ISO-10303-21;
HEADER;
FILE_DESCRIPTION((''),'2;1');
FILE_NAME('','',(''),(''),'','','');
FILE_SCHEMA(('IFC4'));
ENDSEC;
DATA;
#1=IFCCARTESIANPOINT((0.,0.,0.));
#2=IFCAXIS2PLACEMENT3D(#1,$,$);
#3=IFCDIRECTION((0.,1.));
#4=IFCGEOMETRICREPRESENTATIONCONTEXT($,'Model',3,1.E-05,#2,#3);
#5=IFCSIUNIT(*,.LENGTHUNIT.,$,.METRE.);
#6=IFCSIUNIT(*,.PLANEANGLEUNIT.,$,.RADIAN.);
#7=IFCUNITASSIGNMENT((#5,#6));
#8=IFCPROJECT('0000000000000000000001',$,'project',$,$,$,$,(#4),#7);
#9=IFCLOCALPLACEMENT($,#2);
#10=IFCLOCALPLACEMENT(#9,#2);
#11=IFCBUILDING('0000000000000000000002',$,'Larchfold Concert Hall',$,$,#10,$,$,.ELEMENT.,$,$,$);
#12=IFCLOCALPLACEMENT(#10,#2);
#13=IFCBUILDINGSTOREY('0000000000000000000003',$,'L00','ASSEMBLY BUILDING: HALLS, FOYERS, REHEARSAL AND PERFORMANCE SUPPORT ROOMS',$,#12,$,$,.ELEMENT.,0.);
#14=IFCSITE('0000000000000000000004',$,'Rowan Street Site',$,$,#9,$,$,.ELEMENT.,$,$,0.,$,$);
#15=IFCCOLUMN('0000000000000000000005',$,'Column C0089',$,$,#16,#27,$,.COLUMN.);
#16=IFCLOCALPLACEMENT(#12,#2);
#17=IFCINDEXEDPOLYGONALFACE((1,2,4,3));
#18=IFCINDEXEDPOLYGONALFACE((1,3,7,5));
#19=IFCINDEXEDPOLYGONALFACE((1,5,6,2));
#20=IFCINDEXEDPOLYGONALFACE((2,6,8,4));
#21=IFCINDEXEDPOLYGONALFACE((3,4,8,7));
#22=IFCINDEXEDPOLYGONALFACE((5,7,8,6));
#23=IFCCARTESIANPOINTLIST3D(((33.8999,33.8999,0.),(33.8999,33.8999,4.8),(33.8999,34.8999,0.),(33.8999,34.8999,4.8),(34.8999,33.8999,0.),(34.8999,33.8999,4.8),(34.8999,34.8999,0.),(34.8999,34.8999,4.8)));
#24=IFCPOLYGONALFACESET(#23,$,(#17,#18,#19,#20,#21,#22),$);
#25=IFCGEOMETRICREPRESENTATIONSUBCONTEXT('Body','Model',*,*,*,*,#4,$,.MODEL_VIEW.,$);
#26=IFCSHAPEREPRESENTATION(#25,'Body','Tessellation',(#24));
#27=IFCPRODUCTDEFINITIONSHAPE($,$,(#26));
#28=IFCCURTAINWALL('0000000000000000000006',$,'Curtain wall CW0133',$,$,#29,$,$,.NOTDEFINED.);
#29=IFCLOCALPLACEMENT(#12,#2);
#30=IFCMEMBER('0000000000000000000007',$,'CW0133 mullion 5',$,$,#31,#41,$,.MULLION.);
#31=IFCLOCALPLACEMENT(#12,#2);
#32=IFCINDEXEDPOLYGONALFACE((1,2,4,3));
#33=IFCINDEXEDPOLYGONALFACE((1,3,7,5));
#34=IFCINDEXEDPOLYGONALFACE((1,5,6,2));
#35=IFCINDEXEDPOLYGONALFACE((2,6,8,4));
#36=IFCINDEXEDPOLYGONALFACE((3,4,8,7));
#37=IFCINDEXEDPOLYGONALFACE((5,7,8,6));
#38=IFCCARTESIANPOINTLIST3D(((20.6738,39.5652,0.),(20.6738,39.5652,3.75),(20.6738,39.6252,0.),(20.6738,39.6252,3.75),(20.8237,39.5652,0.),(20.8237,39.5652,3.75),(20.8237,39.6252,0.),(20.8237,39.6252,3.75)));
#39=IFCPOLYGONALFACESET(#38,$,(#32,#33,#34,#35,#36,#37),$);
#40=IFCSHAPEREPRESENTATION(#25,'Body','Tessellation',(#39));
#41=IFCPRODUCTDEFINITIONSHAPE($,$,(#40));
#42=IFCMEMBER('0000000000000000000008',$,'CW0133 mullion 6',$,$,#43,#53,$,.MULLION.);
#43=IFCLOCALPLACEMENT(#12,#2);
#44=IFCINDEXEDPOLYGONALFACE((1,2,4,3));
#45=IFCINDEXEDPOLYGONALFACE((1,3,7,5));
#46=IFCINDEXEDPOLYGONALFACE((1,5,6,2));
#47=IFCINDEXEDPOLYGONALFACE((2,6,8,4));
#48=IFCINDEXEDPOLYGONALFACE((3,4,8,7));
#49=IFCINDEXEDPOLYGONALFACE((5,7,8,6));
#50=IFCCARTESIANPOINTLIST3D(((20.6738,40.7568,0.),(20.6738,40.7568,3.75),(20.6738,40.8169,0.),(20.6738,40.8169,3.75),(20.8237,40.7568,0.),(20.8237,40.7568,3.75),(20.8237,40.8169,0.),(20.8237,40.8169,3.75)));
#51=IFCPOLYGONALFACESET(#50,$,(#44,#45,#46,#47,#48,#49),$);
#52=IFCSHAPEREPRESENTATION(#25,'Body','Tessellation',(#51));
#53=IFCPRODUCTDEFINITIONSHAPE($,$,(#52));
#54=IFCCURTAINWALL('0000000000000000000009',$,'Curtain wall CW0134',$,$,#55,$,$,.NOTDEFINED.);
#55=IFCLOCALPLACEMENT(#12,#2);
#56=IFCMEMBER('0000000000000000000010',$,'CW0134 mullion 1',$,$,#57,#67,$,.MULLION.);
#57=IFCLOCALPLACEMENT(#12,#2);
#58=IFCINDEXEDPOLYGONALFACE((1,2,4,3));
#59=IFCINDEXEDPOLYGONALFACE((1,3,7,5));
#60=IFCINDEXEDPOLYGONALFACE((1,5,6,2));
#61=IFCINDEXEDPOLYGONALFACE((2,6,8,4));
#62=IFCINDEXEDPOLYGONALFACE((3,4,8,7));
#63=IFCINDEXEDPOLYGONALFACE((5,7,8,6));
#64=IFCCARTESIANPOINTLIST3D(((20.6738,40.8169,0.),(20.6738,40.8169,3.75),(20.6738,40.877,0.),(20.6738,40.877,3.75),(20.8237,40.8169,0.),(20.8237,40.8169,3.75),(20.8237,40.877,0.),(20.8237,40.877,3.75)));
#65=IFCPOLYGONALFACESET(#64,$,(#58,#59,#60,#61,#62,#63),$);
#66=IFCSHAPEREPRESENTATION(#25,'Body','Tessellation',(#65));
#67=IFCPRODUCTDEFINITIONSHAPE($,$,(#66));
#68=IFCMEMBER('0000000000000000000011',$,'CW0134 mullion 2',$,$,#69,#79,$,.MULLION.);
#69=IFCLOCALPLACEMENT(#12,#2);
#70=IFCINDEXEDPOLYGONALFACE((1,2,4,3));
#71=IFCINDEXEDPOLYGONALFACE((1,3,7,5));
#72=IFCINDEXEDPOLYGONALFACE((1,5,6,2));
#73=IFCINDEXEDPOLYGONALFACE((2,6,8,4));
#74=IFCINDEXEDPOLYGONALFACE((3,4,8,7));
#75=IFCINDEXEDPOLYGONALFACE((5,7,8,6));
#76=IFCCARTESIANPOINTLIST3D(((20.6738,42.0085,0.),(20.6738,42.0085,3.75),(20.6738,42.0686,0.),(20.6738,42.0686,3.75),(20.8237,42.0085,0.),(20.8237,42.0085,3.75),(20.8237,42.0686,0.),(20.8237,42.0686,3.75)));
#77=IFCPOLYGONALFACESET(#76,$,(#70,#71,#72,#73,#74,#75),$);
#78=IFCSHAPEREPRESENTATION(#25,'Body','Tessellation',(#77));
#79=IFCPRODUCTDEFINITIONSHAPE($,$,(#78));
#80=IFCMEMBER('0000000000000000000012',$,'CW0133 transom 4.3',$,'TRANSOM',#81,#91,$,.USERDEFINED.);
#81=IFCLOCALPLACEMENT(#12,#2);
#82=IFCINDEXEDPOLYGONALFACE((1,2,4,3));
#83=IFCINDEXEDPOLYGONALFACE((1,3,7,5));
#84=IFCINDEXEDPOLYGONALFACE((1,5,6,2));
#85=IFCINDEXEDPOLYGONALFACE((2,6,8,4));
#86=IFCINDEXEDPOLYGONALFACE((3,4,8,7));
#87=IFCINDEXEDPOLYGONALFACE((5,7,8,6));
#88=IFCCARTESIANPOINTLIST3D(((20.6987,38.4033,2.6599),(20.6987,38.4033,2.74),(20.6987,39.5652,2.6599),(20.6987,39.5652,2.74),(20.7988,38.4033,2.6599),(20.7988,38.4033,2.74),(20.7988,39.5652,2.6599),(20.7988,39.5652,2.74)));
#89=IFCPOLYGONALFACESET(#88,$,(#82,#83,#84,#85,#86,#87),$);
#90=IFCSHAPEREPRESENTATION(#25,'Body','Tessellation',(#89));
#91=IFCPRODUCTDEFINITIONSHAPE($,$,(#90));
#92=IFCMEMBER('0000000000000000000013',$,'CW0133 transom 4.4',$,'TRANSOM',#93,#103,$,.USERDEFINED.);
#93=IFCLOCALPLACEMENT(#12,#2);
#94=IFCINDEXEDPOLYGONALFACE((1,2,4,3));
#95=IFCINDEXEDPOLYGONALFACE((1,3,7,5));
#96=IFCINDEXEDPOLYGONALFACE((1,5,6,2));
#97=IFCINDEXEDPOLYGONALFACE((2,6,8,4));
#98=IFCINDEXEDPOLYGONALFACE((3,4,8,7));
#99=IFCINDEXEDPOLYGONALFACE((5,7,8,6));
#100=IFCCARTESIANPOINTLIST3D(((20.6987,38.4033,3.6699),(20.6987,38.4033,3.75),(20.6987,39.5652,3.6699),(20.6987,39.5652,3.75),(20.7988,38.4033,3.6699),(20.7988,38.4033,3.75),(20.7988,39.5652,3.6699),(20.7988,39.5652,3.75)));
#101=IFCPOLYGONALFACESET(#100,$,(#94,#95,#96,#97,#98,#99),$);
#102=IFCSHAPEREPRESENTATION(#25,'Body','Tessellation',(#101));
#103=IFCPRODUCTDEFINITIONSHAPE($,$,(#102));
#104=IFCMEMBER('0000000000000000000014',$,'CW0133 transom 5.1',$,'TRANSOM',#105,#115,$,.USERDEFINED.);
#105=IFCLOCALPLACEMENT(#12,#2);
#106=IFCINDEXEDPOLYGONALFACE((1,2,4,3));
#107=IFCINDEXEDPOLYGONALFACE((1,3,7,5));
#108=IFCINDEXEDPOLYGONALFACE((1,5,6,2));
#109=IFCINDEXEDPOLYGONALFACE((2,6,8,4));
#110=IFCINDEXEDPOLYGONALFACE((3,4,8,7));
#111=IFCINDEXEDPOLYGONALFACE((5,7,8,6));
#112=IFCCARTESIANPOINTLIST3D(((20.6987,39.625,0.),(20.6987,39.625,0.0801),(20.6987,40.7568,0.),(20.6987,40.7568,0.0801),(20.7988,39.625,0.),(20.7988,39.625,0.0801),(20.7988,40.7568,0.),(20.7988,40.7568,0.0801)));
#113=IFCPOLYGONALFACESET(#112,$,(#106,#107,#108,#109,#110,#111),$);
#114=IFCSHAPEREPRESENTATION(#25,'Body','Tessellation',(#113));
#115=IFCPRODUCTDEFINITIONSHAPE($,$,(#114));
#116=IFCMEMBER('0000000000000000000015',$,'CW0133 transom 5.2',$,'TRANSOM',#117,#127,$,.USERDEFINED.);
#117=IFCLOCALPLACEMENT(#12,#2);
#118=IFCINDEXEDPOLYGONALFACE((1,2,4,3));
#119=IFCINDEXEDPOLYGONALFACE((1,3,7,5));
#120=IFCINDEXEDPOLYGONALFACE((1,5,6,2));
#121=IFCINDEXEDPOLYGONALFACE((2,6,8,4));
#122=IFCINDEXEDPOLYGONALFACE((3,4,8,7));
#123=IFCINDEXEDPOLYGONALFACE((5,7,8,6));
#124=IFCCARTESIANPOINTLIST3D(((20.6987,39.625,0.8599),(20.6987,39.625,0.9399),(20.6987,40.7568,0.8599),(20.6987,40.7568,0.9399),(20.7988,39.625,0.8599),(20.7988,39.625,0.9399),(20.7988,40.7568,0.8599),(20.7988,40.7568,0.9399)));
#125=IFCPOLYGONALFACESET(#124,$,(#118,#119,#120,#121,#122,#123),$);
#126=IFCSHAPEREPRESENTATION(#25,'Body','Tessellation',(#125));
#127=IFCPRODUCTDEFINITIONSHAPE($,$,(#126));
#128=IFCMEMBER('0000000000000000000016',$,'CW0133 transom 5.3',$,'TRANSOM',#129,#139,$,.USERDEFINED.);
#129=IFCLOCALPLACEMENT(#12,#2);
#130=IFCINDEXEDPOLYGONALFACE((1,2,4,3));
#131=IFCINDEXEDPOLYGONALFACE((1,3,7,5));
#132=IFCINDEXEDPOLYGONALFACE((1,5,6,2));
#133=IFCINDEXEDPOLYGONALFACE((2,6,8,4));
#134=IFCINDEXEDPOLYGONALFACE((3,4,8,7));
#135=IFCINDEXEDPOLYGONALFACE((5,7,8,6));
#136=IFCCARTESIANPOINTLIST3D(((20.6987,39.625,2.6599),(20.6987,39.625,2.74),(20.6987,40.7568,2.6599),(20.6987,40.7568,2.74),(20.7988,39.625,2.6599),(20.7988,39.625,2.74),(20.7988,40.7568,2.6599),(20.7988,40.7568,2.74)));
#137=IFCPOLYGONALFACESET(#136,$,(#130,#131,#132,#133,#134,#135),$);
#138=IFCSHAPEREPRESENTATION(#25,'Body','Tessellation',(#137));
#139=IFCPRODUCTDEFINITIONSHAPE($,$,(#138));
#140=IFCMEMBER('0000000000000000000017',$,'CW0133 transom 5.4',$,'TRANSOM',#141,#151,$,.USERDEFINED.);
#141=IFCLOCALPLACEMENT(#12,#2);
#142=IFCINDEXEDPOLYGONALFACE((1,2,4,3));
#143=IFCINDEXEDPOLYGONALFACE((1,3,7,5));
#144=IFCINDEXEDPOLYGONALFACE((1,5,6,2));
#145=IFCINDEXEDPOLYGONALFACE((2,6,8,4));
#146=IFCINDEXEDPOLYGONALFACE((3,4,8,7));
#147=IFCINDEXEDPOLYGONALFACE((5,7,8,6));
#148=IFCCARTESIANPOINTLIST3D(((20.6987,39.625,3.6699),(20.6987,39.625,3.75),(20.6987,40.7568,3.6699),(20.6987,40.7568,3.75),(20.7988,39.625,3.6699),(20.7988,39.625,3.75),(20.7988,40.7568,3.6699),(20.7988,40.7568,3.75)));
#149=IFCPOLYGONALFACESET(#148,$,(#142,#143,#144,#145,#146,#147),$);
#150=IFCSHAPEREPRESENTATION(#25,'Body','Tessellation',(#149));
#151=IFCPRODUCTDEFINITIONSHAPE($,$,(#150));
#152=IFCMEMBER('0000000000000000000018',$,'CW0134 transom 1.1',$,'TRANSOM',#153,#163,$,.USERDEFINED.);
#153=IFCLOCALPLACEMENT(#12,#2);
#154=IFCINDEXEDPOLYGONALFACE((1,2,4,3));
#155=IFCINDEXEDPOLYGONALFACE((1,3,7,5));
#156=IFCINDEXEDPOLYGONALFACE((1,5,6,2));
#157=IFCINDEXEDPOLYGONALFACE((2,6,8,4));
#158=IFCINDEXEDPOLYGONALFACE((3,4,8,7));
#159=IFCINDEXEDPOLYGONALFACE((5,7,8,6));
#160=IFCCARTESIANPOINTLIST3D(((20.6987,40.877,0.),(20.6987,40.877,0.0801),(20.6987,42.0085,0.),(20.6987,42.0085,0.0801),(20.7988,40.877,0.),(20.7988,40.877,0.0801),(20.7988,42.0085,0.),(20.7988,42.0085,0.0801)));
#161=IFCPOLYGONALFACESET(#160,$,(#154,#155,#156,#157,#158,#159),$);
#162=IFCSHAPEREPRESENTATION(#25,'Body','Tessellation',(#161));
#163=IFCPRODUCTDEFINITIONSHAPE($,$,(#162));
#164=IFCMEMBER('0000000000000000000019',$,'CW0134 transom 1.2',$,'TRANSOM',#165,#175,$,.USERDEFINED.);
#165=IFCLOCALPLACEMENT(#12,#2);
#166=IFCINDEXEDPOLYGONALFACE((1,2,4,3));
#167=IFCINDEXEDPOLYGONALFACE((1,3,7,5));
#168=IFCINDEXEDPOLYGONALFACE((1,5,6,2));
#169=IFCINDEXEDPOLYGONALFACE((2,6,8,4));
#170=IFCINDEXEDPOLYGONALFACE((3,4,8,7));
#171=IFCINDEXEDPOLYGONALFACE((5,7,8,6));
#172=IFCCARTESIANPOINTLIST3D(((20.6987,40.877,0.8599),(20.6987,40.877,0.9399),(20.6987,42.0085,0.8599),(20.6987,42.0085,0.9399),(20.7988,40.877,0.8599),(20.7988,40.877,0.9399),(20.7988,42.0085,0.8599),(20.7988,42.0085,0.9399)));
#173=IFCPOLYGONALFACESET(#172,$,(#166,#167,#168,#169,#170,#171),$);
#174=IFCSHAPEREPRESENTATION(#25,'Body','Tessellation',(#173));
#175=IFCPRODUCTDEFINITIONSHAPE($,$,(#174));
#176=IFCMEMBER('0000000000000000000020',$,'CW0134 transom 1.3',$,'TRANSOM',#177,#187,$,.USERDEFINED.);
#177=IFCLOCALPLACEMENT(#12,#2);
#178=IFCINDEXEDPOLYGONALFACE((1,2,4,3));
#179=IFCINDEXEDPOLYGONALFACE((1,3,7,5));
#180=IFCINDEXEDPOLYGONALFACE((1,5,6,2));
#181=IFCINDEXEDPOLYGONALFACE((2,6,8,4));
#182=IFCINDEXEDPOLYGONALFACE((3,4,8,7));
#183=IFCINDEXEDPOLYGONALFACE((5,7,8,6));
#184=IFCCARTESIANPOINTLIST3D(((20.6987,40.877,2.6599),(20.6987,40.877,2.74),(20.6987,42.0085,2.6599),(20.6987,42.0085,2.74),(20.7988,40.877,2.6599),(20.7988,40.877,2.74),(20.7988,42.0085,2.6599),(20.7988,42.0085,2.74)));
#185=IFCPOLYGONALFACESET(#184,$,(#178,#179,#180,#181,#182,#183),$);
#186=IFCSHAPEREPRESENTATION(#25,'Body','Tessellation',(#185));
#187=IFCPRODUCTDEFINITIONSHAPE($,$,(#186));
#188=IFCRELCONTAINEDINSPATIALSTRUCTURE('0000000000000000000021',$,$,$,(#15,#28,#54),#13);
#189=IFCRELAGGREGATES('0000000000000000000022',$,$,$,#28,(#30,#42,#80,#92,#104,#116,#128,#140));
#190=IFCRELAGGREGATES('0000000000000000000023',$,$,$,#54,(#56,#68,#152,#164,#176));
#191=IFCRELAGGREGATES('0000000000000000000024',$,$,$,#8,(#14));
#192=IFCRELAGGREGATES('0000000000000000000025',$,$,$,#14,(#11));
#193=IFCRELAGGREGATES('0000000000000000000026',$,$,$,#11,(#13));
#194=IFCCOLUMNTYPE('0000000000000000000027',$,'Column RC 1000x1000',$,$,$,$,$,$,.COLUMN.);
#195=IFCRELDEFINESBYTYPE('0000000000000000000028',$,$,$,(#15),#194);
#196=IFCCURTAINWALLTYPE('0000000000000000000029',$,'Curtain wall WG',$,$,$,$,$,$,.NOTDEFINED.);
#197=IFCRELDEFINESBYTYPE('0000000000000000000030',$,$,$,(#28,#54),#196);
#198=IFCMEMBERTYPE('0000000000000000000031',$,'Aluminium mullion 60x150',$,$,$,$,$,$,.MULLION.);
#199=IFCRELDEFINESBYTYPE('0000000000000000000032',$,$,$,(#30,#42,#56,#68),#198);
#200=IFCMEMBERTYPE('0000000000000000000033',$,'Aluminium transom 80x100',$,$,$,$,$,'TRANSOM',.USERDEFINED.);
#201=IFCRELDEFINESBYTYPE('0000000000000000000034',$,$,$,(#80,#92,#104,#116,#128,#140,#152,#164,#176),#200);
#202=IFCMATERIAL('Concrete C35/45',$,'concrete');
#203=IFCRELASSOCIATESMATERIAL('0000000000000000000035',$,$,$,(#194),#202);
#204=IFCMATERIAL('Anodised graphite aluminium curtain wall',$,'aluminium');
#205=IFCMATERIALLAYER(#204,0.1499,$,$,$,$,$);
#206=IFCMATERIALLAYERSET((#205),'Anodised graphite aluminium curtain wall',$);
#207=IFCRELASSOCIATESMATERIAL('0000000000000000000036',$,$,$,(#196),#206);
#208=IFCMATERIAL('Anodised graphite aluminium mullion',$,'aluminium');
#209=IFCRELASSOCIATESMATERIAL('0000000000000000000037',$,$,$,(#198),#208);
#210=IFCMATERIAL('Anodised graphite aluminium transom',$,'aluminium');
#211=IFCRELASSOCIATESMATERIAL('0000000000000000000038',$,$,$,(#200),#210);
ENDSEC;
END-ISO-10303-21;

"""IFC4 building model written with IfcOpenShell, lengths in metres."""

from ifc_helpers import new_model, si_unit, direction, frame, origin, origin_2d, place, context, subcontext, project, spatial, rectangle, extrude, material, layer, layer_set, material_profile, profile_set, type_object, element, aggregate, save


model = new_model("IFC4")

# Units and contexts
model_context = context("Model", 3, precision=1e-05, world=origin(), true_north=direction((0.0, 1.0)))
body_context = subcontext(model_context, "Body", "Model", "MODEL_VIEW")
ifc_project = project(units=[si_unit("LENGTHUNIT", "METRE"), si_unit("PLANEANGLEUNIT", "RADIAN")], contexts=[model_context])

# Site, building, storey
site_placement = place(None, origin())
site = spatial("IfcSite", under=ifc_project, at=site_placement, Name="Rowan Street Site", CompositionType="ELEMENT", RefElevation=0.0)
building_placement = place(site_placement, origin())
building = spatial("IfcBuilding", under=site, at=building_placement, Name="Larchfold Concert Hall", CompositionType="ELEMENT")
storey_placement = place(building_placement, origin())
storey = spatial("IfcBuildingStorey", under=building, at=storey_placement, Name="L00", Description="ASSEMBLY BUILDING: HALLS, FOYERS, REHEARSAL AND PERFORMANCE SUPPORT ROOMS", CompositionType="ELEMENT", Elevation=0.0)

# Column
ifc_material_1 = material(Name="Concrete C35/45", Category="concrete")
ifc_material_profile_1 = material_profile(ifc_material_1, rectangle(XDim=1.0, YDim=1.0, at=origin_2d()))
ifc_profile_set_1 = profile_set([ifc_material_profile_1], Name="Concrete C35/45")
column_type = type_object("IfcColumnType", Name="Column RC 1000x1000", PredefinedType="COLUMN", material=ifc_profile_set_1)
column_placement = place(storey_placement, frame((34.3999, 34.3999, 0.0), z_axis=(0.0, 0.0, 1.0), x_axis=(1.0, 0.0, 0.0)))
element("IfcColumn", 1, at=column_placement, inside=storey, type_object=column_type, Name="Column C0089", PredefinedType="COLUMN", context=body_context, shape_type="SweptSolid", body=[
    extrude(rectangle(XDim=1.0, YDim=1.0, at=origin_2d()), origin(), (0.0, 0.0, 1.0), 4.8),
])

# Curtain walls, members
ifc_material_2 = material(Name="Anodised graphite aluminium curtain wall", Category="aluminium")
ifc_layer_1 = layer(ifc_material_2, 0.1499)
ifc_layer_set_1 = layer_set([ifc_layer_1], Name="Anodised graphite aluminium curtain wall")
curtain_wall_type = type_object("IfcCurtainWallType", Name="Curtain wall WG", PredefinedType="NOTDEFINED", material=ifc_layer_set_1)
curtain_wall_1_placement = place(storey_placement, origin())
curtain_wall_1 = element("IfcCurtainWall", 2, at=curtain_wall_1_placement, inside=storey, type_object=curtain_wall_type, Name="Curtain wall CW0133", PredefinedType="NOTDEFINED")
ifc_material_3 = material(Name="Anodised graphite aluminium mullion", Category="aluminium")
ifc_material_profile_2 = material_profile(ifc_material_3, rectangle(XDim=0.1499, YDim=0.0601, at=origin_2d()))
ifc_profile_set_2 = profile_set([ifc_material_profile_2], Name="Anodised graphite aluminium mullion")
member_type_1 = type_object("IfcMemberType", Name="Aluminium mullion 60x150", PredefinedType="MULLION", material=ifc_profile_set_2)
member_1_placement = place(storey_placement, frame((20.7488, 39.5952, 0.0), z_axis=(0.0, 0.0, 1.0), x_axis=(-1.0, 0.0, 0.0)))
member_1 = element("IfcMember", 3, at=member_1_placement, type_object=member_type_1, Name="CW0133 mullion 5", PredefinedType="MULLION", context=body_context, shape_type="SweptSolid", body=[
    extrude(rectangle(XDim=0.1499, YDim=0.0601, at=origin_2d()), origin(), (0.0, 0.0, 1.0), 3.75),
])
member_2_placement = place(storey_placement, frame((20.7488, 40.7869, 0.0), z_axis=(0.0, 0.0, 1.0), x_axis=(-1.0, 0.0, 0.0)))
member_2 = element("IfcMember", 4, at=member_2_placement, type_object=member_type_1, Name="CW0133 mullion 6", PredefinedType="MULLION", context=body_context, shape_type="SweptSolid", body=[
    extrude(rectangle(XDim=0.1499, YDim=0.0601, at=origin_2d()), origin(), (0.0, 0.0, 1.0), 3.75),
])
curtain_wall_2_placement = place(storey_placement, origin())
curtain_wall_2 = element("IfcCurtainWall", 5, at=curtain_wall_2_placement, inside=storey, type_object=curtain_wall_type, Name="Curtain wall CW0134", PredefinedType="NOTDEFINED")
member_3_placement = place(storey_placement, frame((20.7488, 40.8469, 0.0), z_axis=(0.0, 0.0, 1.0), x_axis=(-1.0, 0.0, 0.0)))
member_3 = element("IfcMember", 6, at=member_3_placement, type_object=member_type_1, Name="CW0134 mullion 1", PredefinedType="MULLION", context=body_context, shape_type="SweptSolid", body=[
    extrude(rectangle(XDim=0.1499, YDim=0.0601, at=origin_2d()), origin(), (0.0, 0.0, 1.0), 3.75),
])
member_4_placement = place(storey_placement, frame((20.7488, 42.0386, 0.0), z_axis=(0.0, 0.0, 1.0), x_axis=(-1.0, 0.0, 0.0)))
member_4 = element("IfcMember", 7, at=member_4_placement, type_object=member_type_1, Name="CW0134 mullion 2", PredefinedType="MULLION", context=body_context, shape_type="SweptSolid", body=[
    extrude(rectangle(XDim=0.1499, YDim=0.0601, at=origin_2d()), origin(), (0.0, 0.0, 1.0), 3.75),
])

# Members
ifc_material_4 = material(Name="Anodised graphite aluminium transom", Category="aluminium")
ifc_material_profile_3 = material_profile(ifc_material_4, rectangle(XDim=0.1001, YDim=0.0801, at=origin_2d()))
ifc_profile_set_3 = profile_set([ifc_material_profile_3], Name="Anodised graphite aluminium transom")
member_type_2 = type_object("IfcMemberType", Name="Aluminium transom 80x100", ElementType="TRANSOM", PredefinedType="USERDEFINED", material=ifc_profile_set_3)
member_5_placement = place(storey_placement, frame((20.7488, 38.4033, 2.7), z_axis=(0.0, 1.0, 0.0), x_axis=(-1.0, 0.0, 0.0)))
member_5 = element("IfcMember", 8, at=member_5_placement, type_object=member_type_2, Name="CW0133 transom 4.3", ObjectType="TRANSOM", PredefinedType="USERDEFINED", context=body_context, shape_type="SweptSolid", body=[
    extrude(rectangle(XDim=0.1001, YDim=0.0801, at=origin_2d()), origin(), (0.0, 0.0, 1.0), 1.1619),
])
member_6_placement = place(storey_placement, frame((20.7488, 38.4033, 3.71), z_axis=(0.0, 1.0, 0.0), x_axis=(-1.0, 0.0, 0.0)))
member_6 = element("IfcMember", 9, at=member_6_placement, type_object=member_type_2, Name="CW0133 transom 4.4", ObjectType="TRANSOM", PredefinedType="USERDEFINED", context=body_context, shape_type="SweptSolid", body=[
    extrude(rectangle(XDim=0.1001, YDim=0.0801, at=origin_2d()), origin(), (0.0, 0.0, 1.0), 1.1619),
])
member_7_placement = place(storey_placement, frame((20.7488, 39.625, 0.04), z_axis=(0.0, 1.0, 0.0), x_axis=(-1.0, 0.0, 0.0)))
member_7 = element("IfcMember", 10, at=member_7_placement, type_object=member_type_2, Name="CW0133 transom 5.1", ObjectType="TRANSOM", PredefinedType="USERDEFINED", context=body_context, shape_type="SweptSolid", body=[
    extrude(rectangle(XDim=0.1001, YDim=0.0801, at=origin_2d()), origin(), (0.0, 0.0, 1.0), 1.1318),
])
member_8_placement = place(storey_placement, frame((20.7488, 39.625, 0.8999), z_axis=(0.0, 1.0, 0.0), x_axis=(-1.0, 0.0, 0.0)))
member_8 = element("IfcMember", 11, at=member_8_placement, type_object=member_type_2, Name="CW0133 transom 5.2", ObjectType="TRANSOM", PredefinedType="USERDEFINED", context=body_context, shape_type="SweptSolid", body=[
    extrude(rectangle(XDim=0.1001, YDim=0.0801, at=origin_2d()), origin(), (0.0, 0.0, 1.0), 1.1318),
])
member_9_placement = place(storey_placement, frame((20.7488, 39.625, 2.7), z_axis=(0.0, 1.0, 0.0), x_axis=(-1.0, 0.0, 0.0)))
member_9 = element("IfcMember", 12, at=member_9_placement, type_object=member_type_2, Name="CW0133 transom 5.3", ObjectType="TRANSOM", PredefinedType="USERDEFINED", context=body_context, shape_type="SweptSolid", body=[
    extrude(rectangle(XDim=0.1001, YDim=0.0801, at=origin_2d()), origin(), (0.0, 0.0, 1.0), 1.1318),
])
member_10_placement = place(storey_placement, frame((20.7488, 39.625, 3.71), z_axis=(0.0, 1.0, 0.0), x_axis=(-1.0, 0.0, 0.0)))
member_10 = element("IfcMember", 13, at=member_10_placement, type_object=member_type_2, Name="CW0133 transom 5.4", ObjectType="TRANSOM", PredefinedType="USERDEFINED", context=body_context, shape_type="SweptSolid", body=[
    extrude(rectangle(XDim=0.1001, YDim=0.0801, at=origin_2d()), origin(), (0.0, 0.0, 1.0), 1.1318),
])
member_11_placement = place(storey_placement, frame((20.7488, 40.877, 0.04), z_axis=(0.0, 1.0, 0.0), x_axis=(-1.0, 0.0, 0.0)))
member_11 = element("IfcMember", 14, at=member_11_placement, type_object=member_type_2, Name="CW0134 transom 1.1", ObjectType="TRANSOM", PredefinedType="USERDEFINED", context=body_context, shape_type="SweptSolid", body=[
    extrude(rectangle(XDim=0.1001, YDim=0.0801, at=origin_2d()), origin(), (0.0, 0.0, 1.0), 1.1316),
])
member_12_placement = place(storey_placement, frame((20.7488, 40.877, 0.8999), z_axis=(0.0, 1.0, 0.0), x_axis=(-1.0, 0.0, 0.0)))
member_12 = element("IfcMember", 15, at=member_12_placement, type_object=member_type_2, Name="CW0134 transom 1.2", ObjectType="TRANSOM", PredefinedType="USERDEFINED", context=body_context, shape_type="SweptSolid", body=[
    extrude(rectangle(XDim=0.1001, YDim=0.0801, at=origin_2d()), origin(), (0.0, 0.0, 1.0), 1.1316),
])
member_13_placement = place(storey_placement, frame((20.7488, 40.877, 2.7), z_axis=(0.0, 1.0, 0.0), x_axis=(-1.0, 0.0, 0.0)))
member_13 = element("IfcMember", 16, at=member_13_placement, type_object=member_type_2, Name="CW0134 transom 1.3", ObjectType="TRANSOM", PredefinedType="USERDEFINED", context=body_context, shape_type="SweptSolid", body=[
    extrude(rectangle(XDim=0.1001, YDim=0.0801, at=origin_2d()), origin(), (0.0, 0.0, 1.0), 1.1316),
])

aggregate(curtain_wall_1, [member_1, member_2, member_5, member_6, member_7, member_8, member_9, member_10])
aggregate(curtain_wall_2, [member_3, member_4, member_11, member_12, member_13])

save(model, "model.ifc")
